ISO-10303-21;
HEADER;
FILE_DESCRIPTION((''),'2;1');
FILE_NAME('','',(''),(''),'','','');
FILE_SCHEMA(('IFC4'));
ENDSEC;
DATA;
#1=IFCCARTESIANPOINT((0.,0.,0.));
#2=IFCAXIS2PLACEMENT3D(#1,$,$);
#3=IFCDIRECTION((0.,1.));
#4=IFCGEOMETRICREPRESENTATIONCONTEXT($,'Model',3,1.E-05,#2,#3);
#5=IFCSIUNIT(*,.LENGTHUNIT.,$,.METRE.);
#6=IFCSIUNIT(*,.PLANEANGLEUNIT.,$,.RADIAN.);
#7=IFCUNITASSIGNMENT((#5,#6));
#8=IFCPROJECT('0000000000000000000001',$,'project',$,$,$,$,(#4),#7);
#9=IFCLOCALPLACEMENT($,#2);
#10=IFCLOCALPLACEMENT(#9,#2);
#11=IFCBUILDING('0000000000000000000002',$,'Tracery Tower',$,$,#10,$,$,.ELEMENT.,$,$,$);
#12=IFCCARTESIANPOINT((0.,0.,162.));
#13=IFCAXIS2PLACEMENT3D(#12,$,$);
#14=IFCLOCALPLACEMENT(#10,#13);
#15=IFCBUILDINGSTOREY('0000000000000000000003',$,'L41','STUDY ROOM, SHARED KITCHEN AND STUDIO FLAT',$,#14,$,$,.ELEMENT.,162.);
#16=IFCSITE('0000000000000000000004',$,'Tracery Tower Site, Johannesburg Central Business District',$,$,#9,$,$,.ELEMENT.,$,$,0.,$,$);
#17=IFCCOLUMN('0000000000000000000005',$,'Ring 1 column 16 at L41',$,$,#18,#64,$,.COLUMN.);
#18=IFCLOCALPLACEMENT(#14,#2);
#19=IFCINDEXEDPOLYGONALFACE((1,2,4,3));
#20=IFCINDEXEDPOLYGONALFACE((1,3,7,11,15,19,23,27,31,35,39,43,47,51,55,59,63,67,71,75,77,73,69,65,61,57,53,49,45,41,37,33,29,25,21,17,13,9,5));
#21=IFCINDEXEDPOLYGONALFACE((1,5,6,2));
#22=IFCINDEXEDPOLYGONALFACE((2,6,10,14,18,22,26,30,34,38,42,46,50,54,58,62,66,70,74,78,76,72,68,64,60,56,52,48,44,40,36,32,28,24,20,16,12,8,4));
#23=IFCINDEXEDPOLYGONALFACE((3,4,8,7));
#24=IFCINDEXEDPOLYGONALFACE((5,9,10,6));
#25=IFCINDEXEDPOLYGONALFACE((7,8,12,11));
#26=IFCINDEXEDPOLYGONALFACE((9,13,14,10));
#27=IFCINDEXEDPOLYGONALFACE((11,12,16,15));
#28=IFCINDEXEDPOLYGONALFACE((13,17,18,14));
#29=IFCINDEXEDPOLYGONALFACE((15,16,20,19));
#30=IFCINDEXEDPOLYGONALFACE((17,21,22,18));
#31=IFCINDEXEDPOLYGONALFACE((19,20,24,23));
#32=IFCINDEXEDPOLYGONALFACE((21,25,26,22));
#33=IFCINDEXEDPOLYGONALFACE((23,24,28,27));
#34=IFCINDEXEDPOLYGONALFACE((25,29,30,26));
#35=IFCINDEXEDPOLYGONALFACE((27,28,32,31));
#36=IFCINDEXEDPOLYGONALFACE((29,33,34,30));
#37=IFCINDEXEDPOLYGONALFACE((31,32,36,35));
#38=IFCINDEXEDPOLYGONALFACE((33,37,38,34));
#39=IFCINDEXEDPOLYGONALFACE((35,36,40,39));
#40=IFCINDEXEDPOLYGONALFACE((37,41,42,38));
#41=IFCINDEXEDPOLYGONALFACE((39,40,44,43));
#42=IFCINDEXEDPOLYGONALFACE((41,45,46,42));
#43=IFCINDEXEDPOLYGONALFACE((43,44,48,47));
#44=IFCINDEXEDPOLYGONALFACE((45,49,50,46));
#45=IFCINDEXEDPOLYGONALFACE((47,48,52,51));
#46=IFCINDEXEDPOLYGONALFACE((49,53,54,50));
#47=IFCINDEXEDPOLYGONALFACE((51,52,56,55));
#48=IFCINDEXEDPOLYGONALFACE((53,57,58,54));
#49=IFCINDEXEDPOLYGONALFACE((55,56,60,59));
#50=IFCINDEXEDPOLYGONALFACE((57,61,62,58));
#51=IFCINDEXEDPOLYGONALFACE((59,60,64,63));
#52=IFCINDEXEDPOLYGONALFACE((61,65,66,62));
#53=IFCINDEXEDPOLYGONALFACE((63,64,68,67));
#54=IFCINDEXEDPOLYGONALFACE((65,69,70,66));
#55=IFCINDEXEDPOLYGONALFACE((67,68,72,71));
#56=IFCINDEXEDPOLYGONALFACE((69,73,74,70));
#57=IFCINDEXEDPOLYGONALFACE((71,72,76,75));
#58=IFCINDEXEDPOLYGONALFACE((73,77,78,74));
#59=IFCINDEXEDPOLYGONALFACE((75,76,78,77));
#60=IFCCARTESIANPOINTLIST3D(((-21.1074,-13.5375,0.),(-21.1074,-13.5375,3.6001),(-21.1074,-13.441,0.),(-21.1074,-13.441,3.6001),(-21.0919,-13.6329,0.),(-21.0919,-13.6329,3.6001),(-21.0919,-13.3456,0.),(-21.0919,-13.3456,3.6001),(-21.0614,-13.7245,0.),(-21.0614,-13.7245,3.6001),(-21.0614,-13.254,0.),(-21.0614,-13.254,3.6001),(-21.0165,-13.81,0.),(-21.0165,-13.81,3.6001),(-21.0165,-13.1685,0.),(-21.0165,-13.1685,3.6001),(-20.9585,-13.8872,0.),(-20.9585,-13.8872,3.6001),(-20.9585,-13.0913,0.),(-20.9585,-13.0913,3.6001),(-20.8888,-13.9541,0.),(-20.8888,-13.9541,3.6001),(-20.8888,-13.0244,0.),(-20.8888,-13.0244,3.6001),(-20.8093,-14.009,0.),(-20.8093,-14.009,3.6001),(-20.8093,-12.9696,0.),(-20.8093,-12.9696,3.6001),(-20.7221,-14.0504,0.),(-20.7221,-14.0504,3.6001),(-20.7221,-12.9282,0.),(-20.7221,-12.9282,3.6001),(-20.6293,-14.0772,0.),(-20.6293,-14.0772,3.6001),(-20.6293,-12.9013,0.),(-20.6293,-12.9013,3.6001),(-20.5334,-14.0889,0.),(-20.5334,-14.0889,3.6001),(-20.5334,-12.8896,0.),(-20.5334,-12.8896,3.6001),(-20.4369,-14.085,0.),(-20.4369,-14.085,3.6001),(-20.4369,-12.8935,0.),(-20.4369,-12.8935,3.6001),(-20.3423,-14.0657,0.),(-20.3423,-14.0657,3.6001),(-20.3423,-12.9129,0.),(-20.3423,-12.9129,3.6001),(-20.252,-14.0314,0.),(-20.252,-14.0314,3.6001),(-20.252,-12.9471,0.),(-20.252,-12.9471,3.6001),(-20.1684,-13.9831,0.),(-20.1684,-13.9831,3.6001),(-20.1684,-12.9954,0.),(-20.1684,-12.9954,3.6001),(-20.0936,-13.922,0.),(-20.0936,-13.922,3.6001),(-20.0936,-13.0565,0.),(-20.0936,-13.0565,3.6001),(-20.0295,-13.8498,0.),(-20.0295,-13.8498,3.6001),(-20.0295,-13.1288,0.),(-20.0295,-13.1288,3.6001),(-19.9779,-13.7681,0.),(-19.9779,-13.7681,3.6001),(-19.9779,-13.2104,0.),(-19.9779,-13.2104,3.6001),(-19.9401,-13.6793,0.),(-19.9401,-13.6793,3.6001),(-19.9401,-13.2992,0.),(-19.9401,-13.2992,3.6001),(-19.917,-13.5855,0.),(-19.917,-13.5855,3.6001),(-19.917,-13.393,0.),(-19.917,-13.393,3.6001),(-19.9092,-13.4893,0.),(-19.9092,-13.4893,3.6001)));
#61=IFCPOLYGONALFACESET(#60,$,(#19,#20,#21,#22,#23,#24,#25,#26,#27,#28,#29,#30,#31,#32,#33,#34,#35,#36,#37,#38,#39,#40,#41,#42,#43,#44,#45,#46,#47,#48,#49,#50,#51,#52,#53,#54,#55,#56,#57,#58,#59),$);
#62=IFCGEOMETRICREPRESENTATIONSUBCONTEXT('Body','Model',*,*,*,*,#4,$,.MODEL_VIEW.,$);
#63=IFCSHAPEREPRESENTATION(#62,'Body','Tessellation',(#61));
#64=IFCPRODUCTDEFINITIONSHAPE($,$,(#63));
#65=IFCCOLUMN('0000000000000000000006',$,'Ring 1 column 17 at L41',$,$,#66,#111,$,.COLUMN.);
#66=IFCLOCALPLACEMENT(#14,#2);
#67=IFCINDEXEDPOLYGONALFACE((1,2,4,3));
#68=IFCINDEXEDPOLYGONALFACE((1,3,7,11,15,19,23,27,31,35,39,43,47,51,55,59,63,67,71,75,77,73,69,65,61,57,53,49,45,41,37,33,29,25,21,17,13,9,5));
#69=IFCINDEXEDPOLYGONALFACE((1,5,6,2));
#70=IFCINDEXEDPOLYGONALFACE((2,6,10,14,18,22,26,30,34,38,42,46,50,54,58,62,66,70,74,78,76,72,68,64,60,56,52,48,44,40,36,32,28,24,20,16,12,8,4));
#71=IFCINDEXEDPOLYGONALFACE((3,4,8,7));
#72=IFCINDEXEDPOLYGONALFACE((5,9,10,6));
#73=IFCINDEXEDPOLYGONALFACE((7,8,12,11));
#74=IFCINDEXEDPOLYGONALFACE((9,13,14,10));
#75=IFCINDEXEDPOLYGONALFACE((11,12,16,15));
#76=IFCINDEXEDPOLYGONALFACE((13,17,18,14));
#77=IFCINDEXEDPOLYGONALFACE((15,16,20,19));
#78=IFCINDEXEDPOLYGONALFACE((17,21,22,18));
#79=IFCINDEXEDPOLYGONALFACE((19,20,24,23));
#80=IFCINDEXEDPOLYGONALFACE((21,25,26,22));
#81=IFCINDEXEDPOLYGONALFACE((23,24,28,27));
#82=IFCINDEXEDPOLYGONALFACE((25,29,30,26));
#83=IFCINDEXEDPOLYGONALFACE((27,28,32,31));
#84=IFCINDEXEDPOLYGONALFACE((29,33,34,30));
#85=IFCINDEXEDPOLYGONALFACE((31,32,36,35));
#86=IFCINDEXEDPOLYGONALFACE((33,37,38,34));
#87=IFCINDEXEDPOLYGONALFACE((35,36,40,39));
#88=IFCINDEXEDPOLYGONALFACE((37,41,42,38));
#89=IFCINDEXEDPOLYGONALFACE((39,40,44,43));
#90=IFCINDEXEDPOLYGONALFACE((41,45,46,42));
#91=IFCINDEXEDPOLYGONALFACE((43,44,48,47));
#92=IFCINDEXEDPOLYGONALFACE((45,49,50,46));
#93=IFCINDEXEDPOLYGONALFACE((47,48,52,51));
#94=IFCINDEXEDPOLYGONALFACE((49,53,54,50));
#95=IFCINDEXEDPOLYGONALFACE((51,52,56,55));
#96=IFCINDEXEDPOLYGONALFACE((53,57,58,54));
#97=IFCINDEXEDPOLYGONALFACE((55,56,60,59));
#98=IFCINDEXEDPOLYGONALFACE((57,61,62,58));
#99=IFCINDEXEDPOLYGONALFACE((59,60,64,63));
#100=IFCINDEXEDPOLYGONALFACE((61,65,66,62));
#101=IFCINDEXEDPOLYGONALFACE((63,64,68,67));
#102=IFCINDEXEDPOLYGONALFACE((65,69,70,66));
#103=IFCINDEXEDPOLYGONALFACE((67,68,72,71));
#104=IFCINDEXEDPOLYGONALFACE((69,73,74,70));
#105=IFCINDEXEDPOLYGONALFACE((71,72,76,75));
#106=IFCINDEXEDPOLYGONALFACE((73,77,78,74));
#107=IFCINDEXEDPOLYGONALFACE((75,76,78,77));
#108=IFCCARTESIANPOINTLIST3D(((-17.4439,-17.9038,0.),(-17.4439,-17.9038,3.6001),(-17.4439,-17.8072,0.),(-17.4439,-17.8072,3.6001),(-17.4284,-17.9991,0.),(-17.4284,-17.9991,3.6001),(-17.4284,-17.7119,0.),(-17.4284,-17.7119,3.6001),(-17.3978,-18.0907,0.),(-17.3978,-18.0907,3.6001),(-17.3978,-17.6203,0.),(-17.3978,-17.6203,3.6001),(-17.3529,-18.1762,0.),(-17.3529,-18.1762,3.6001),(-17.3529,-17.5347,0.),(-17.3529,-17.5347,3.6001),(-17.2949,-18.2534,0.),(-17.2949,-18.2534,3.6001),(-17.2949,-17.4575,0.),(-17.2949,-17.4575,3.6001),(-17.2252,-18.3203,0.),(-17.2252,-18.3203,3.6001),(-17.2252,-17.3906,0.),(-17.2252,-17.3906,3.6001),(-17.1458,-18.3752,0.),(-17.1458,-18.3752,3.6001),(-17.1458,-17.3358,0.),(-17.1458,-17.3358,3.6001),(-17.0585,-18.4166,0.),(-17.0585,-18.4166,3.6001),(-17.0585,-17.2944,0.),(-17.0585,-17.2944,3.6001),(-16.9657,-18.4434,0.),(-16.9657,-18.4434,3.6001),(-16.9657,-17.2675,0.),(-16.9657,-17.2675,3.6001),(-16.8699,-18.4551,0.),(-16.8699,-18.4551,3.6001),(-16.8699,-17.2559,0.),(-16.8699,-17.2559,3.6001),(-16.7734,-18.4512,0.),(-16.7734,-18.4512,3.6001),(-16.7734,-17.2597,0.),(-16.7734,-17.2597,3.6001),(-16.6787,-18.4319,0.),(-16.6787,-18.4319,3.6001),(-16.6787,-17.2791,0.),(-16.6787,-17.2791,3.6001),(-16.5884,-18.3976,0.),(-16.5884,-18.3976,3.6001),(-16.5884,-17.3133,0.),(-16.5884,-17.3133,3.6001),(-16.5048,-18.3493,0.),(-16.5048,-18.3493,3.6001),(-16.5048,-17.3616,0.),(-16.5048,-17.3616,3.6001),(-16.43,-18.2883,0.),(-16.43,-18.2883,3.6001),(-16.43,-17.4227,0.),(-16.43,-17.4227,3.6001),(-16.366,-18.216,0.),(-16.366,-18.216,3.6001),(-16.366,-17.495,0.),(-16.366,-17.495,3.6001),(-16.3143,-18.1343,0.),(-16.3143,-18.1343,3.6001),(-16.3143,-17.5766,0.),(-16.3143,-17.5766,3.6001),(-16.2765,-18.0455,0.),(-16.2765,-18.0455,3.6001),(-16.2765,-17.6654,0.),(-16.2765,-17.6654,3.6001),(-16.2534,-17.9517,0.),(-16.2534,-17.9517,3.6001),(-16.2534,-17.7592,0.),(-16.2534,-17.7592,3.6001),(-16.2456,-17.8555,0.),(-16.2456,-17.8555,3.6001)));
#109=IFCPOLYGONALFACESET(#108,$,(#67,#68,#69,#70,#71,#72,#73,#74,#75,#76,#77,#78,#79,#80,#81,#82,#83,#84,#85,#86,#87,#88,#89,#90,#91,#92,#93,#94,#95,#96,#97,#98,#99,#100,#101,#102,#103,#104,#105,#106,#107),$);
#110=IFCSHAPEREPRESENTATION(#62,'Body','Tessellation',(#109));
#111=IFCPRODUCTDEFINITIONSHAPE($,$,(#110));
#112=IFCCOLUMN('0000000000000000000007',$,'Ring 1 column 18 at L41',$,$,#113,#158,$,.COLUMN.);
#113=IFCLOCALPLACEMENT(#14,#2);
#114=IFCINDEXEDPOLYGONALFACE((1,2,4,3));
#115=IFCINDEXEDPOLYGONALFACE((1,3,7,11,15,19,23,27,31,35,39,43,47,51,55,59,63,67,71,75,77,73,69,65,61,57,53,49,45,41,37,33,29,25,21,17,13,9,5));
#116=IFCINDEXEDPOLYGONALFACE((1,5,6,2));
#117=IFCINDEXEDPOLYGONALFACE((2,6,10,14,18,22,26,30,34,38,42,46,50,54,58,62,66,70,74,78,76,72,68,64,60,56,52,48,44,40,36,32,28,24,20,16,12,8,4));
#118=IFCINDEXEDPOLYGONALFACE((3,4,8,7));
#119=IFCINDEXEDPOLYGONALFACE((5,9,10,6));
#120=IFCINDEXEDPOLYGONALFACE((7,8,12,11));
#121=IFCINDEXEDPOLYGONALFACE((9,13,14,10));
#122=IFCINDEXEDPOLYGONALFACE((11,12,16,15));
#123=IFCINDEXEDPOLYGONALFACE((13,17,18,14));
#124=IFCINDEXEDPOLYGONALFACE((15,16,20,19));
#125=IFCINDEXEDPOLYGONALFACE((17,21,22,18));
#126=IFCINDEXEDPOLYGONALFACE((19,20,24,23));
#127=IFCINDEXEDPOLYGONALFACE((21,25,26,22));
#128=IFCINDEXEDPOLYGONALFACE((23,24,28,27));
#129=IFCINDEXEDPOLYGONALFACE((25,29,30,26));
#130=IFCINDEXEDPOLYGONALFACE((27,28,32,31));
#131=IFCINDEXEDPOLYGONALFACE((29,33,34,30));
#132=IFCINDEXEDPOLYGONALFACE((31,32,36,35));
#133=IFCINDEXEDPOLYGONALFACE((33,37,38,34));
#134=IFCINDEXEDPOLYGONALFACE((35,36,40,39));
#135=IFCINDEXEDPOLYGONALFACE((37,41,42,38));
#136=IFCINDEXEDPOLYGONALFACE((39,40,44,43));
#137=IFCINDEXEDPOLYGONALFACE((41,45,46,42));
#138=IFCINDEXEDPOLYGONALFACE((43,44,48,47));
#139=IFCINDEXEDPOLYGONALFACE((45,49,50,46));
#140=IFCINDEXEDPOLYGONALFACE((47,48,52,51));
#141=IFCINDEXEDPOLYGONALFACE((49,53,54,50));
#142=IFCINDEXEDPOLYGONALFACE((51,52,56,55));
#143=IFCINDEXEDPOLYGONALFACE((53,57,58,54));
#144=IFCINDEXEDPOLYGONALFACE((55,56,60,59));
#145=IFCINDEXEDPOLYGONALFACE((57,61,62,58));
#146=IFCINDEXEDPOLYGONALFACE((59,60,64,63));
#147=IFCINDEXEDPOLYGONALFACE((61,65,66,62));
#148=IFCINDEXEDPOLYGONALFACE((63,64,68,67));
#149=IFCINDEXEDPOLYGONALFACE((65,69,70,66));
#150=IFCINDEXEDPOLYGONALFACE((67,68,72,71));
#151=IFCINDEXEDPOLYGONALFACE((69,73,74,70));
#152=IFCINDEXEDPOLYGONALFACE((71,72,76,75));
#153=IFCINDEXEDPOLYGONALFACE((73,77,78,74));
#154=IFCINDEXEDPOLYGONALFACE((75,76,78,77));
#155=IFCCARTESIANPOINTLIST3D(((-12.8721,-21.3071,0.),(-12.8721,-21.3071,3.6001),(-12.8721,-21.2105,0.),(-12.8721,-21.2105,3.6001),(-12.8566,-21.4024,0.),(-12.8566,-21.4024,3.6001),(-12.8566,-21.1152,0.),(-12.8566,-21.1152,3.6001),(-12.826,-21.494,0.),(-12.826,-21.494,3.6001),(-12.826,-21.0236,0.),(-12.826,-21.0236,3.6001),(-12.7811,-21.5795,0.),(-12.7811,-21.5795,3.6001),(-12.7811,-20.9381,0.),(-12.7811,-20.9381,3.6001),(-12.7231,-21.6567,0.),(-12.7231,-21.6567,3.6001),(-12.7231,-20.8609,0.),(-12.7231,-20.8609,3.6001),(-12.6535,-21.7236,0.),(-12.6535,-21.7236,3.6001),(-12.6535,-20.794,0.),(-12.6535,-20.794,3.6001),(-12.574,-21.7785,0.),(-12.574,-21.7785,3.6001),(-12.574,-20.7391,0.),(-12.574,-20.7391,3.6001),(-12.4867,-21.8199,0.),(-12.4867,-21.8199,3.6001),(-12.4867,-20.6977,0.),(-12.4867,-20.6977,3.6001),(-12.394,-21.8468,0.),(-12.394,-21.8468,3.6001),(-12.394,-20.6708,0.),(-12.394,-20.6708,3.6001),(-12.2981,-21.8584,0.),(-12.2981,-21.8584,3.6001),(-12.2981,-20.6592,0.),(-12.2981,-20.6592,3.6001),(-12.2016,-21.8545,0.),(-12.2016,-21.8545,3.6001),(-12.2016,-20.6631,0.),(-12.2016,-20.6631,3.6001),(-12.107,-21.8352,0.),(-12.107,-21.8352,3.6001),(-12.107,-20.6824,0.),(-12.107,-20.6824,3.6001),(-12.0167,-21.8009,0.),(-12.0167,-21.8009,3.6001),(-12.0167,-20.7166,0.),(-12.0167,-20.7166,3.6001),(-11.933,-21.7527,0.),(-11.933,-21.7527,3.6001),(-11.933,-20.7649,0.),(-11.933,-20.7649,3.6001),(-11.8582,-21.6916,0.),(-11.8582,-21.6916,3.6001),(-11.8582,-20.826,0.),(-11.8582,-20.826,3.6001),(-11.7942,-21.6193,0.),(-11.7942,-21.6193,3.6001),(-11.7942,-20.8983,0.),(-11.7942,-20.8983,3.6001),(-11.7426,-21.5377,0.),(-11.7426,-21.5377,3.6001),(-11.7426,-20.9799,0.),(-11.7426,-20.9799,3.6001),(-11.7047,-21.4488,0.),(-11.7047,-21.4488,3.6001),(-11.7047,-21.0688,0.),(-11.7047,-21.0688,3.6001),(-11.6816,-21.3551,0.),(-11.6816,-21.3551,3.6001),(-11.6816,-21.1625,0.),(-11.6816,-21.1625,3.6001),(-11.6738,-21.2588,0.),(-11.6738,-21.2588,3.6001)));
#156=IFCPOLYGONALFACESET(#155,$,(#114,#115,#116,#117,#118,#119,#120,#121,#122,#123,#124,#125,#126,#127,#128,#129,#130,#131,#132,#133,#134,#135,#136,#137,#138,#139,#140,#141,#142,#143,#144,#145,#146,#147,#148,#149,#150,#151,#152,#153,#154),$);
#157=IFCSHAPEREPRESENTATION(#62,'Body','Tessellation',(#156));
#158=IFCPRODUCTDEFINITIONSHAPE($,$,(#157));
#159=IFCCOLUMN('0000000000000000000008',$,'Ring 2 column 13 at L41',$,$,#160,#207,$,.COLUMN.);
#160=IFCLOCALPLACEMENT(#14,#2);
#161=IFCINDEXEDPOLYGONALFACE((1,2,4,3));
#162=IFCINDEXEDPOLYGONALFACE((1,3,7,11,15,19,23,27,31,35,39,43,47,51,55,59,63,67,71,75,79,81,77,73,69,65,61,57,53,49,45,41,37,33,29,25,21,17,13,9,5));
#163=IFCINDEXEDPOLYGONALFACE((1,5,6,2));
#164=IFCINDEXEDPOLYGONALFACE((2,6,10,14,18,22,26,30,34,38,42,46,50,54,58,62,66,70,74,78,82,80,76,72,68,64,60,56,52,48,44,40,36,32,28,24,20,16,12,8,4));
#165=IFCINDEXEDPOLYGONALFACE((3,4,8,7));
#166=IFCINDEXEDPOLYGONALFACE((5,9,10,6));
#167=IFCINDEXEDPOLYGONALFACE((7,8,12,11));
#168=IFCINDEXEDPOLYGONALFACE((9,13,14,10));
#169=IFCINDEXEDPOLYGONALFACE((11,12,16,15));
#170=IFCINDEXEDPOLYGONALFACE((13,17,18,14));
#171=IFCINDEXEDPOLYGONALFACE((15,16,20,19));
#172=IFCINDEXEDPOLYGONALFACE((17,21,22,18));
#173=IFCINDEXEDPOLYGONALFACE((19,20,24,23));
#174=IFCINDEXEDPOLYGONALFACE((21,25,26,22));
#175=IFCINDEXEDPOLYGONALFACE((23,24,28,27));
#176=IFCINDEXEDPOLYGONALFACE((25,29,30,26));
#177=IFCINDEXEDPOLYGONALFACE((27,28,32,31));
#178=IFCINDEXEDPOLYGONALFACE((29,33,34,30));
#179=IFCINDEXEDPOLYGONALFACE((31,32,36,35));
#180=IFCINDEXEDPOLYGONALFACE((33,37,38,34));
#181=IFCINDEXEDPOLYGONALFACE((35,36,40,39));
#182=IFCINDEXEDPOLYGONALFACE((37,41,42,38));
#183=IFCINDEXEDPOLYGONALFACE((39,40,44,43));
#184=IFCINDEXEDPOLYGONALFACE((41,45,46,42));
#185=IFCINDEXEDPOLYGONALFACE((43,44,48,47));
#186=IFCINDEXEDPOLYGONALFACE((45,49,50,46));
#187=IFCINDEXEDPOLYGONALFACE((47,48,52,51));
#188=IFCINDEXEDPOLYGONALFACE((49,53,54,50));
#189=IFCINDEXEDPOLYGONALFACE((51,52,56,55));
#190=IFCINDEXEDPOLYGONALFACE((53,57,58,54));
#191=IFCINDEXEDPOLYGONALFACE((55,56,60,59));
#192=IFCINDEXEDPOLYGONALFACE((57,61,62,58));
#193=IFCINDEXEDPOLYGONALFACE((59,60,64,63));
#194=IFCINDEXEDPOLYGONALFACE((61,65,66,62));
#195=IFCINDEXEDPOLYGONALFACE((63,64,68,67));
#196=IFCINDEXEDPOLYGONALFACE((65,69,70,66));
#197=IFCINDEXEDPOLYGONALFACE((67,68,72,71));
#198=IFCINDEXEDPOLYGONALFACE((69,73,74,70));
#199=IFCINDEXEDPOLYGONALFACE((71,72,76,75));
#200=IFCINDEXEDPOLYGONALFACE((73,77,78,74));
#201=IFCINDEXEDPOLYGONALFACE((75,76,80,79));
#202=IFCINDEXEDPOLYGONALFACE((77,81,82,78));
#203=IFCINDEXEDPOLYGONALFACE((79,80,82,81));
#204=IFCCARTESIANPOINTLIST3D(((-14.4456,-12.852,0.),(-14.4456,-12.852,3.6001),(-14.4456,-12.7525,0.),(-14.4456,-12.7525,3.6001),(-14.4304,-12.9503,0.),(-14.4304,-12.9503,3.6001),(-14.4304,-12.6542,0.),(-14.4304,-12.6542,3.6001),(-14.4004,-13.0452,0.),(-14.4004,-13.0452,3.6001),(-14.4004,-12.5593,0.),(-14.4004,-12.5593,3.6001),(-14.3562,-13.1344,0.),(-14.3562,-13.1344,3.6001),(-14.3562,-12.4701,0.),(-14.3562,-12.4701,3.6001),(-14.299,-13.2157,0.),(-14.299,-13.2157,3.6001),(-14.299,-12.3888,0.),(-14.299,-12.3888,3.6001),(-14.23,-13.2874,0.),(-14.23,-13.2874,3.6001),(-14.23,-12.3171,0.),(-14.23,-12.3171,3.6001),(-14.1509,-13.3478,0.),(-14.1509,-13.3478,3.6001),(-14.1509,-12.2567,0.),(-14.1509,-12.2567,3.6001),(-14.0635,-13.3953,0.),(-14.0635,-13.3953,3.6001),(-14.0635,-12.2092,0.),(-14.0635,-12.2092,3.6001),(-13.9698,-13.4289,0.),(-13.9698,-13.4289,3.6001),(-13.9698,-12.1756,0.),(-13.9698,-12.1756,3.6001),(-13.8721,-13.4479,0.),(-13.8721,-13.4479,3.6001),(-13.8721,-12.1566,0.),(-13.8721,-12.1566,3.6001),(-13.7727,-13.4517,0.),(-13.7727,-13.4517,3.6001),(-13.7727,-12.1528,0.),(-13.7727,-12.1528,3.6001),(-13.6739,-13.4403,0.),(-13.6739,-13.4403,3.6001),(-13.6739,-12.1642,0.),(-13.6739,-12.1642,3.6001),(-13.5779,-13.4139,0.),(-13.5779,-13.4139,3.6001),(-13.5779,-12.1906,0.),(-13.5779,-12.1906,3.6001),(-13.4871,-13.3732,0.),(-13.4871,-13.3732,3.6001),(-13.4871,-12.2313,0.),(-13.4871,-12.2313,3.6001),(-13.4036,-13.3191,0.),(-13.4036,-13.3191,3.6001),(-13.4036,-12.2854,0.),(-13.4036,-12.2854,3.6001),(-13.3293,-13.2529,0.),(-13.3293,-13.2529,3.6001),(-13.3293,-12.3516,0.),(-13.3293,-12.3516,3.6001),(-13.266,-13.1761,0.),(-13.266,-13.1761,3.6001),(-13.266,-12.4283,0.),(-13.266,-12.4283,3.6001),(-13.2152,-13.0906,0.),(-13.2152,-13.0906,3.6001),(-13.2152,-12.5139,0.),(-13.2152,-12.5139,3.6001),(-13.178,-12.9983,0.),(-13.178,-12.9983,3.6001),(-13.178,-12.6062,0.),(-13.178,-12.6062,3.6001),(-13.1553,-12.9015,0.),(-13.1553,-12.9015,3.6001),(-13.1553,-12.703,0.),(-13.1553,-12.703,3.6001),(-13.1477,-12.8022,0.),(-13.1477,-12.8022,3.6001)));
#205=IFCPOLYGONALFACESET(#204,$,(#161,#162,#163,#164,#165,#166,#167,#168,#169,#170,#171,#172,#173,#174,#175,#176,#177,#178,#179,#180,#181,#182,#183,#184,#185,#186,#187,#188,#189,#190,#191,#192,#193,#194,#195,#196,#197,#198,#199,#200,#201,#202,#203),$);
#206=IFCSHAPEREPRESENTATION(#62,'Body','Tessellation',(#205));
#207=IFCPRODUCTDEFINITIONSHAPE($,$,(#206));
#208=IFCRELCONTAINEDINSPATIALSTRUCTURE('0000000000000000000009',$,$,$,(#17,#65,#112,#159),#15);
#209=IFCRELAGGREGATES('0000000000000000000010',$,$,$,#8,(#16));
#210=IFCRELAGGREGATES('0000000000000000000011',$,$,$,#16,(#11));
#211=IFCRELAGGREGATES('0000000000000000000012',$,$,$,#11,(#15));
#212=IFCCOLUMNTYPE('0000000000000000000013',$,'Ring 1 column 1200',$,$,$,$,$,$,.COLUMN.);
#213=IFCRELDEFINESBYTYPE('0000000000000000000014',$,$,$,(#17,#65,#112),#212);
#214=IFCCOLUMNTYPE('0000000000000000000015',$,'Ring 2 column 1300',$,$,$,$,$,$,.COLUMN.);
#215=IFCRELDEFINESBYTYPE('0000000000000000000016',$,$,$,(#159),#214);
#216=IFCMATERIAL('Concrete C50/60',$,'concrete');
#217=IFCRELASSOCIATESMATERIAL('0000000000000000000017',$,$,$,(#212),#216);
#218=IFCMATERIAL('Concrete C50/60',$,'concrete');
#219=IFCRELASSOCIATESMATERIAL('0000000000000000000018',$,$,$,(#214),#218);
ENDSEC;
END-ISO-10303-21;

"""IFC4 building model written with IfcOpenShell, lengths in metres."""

from ifc_helpers import new_model, si_unit, direction, frame, origin, origin_2d, place, context, subcontext, project, spatial, circle, extrude, material, material_profile, profile_set, type_object, element, save


model = new_model("IFC4")

# Units and contexts
model_context = context("Model", 3, precision=1e-05, world=origin(), true_north=direction((0.0, 1.0)))
body_context = subcontext(model_context, "Body", "Model", "MODEL_VIEW")
ifc_project = project(units=[si_unit("LENGTHUNIT", "METRE"), si_unit("PLANEANGLEUNIT", "RADIAN")], contexts=[model_context])

# Site, building, storey
site_placement = place(None, origin())
site = spatial("IfcSite", under=ifc_project, at=site_placement, Name="Tracery Tower Site, Johannesburg Central Business District", CompositionType="ELEMENT", RefElevation=0.0)
building_placement = place(site_placement, origin())
building = spatial("IfcBuilding", under=site, at=building_placement, Name="Tracery Tower", CompositionType="ELEMENT")
storey_placement = place(building_placement, frame((0.0, 0.0, 162.0)))
storey = spatial("IfcBuildingStorey", under=building, at=storey_placement, Name="L41", Description="STUDY ROOM, SHARED KITCHEN AND STUDIO FLAT", CompositionType="ELEMENT", Elevation=162.0)

# Columns
ifc_material_1 = material(Name="Concrete C50/60", Category="concrete")
ifc_material_profile_1 = material_profile(ifc_material_1, circle(Radius=0.6001, at=origin_2d()), Name="RC D1200")
ifc_profile_set_1 = profile_set([ifc_material_profile_1], Name="Concrete C50/60")
column_type_1 = type_object("IfcColumnType", Name="Ring 1 column 1200", PredefinedType="COLUMN", material=ifc_profile_set_1)
for number, where, z_axis, x_axis, name in (
    (1, (-20.5093, -13.4893, 0.0), (0.0, 0.0, 1.0), (1.0, 0.0, 0.0), "Ring 1 column 16 at L41"),
    (2, (-16.8457, -17.8555, 0.0), (0.0, 0.0, 1.0), (1.0, 0.0, 0.0), "Ring 1 column 17 at L41"),
    (3, (-12.2739, -21.2588, 0.0), (0.0, 0.0, 1.0), (1.0, 0.0, 0.0), "Ring 1 column 18 at L41"),
):
    element("IfcColumn", number, at=place(storey_placement, frame(where, z_axis=z_axis, x_axis=x_axis)), inside=storey, type_object=column_type_1, Name=name, PredefinedType="COLUMN", context=body_context, shape_type="SweptSolid", body=[
        extrude(circle(Radius=0.6001, at=origin_2d()), origin(), (0.0, 0.0, 1.0), 3.6001),
    ])
ifc_material_2 = material(Name="Concrete C50/60", Category="concrete")
ifc_material_profile_2 = material_profile(ifc_material_2, circle(Radius=0.6499, at=origin_2d()), Name="RC D1300")
ifc_profile_set_2 = profile_set([ifc_material_profile_2], Name="Concrete C50/60")
column_type_2 = type_object("IfcColumnType", Name="Ring 2 column 1300", PredefinedType="COLUMN", material=ifc_profile_set_2)
column_placement = place(storey_placement, frame((-13.7976, -12.8022, 0.0), z_axis=(0.0, 0.0, 1.0), x_axis=(1.0, 0.0, 0.0)))
element("IfcColumn", 4, at=column_placement, inside=storey, type_object=column_type_2, Name="Ring 2 column 13 at L41", PredefinedType="COLUMN", context=body_context, shape_type="SweptSolid", body=[
    extrude(circle(Radius=0.6499, at=origin_2d()), origin(), (0.0, 0.0, 1.0), 3.6001),
])

save(model, "model.ifc")
